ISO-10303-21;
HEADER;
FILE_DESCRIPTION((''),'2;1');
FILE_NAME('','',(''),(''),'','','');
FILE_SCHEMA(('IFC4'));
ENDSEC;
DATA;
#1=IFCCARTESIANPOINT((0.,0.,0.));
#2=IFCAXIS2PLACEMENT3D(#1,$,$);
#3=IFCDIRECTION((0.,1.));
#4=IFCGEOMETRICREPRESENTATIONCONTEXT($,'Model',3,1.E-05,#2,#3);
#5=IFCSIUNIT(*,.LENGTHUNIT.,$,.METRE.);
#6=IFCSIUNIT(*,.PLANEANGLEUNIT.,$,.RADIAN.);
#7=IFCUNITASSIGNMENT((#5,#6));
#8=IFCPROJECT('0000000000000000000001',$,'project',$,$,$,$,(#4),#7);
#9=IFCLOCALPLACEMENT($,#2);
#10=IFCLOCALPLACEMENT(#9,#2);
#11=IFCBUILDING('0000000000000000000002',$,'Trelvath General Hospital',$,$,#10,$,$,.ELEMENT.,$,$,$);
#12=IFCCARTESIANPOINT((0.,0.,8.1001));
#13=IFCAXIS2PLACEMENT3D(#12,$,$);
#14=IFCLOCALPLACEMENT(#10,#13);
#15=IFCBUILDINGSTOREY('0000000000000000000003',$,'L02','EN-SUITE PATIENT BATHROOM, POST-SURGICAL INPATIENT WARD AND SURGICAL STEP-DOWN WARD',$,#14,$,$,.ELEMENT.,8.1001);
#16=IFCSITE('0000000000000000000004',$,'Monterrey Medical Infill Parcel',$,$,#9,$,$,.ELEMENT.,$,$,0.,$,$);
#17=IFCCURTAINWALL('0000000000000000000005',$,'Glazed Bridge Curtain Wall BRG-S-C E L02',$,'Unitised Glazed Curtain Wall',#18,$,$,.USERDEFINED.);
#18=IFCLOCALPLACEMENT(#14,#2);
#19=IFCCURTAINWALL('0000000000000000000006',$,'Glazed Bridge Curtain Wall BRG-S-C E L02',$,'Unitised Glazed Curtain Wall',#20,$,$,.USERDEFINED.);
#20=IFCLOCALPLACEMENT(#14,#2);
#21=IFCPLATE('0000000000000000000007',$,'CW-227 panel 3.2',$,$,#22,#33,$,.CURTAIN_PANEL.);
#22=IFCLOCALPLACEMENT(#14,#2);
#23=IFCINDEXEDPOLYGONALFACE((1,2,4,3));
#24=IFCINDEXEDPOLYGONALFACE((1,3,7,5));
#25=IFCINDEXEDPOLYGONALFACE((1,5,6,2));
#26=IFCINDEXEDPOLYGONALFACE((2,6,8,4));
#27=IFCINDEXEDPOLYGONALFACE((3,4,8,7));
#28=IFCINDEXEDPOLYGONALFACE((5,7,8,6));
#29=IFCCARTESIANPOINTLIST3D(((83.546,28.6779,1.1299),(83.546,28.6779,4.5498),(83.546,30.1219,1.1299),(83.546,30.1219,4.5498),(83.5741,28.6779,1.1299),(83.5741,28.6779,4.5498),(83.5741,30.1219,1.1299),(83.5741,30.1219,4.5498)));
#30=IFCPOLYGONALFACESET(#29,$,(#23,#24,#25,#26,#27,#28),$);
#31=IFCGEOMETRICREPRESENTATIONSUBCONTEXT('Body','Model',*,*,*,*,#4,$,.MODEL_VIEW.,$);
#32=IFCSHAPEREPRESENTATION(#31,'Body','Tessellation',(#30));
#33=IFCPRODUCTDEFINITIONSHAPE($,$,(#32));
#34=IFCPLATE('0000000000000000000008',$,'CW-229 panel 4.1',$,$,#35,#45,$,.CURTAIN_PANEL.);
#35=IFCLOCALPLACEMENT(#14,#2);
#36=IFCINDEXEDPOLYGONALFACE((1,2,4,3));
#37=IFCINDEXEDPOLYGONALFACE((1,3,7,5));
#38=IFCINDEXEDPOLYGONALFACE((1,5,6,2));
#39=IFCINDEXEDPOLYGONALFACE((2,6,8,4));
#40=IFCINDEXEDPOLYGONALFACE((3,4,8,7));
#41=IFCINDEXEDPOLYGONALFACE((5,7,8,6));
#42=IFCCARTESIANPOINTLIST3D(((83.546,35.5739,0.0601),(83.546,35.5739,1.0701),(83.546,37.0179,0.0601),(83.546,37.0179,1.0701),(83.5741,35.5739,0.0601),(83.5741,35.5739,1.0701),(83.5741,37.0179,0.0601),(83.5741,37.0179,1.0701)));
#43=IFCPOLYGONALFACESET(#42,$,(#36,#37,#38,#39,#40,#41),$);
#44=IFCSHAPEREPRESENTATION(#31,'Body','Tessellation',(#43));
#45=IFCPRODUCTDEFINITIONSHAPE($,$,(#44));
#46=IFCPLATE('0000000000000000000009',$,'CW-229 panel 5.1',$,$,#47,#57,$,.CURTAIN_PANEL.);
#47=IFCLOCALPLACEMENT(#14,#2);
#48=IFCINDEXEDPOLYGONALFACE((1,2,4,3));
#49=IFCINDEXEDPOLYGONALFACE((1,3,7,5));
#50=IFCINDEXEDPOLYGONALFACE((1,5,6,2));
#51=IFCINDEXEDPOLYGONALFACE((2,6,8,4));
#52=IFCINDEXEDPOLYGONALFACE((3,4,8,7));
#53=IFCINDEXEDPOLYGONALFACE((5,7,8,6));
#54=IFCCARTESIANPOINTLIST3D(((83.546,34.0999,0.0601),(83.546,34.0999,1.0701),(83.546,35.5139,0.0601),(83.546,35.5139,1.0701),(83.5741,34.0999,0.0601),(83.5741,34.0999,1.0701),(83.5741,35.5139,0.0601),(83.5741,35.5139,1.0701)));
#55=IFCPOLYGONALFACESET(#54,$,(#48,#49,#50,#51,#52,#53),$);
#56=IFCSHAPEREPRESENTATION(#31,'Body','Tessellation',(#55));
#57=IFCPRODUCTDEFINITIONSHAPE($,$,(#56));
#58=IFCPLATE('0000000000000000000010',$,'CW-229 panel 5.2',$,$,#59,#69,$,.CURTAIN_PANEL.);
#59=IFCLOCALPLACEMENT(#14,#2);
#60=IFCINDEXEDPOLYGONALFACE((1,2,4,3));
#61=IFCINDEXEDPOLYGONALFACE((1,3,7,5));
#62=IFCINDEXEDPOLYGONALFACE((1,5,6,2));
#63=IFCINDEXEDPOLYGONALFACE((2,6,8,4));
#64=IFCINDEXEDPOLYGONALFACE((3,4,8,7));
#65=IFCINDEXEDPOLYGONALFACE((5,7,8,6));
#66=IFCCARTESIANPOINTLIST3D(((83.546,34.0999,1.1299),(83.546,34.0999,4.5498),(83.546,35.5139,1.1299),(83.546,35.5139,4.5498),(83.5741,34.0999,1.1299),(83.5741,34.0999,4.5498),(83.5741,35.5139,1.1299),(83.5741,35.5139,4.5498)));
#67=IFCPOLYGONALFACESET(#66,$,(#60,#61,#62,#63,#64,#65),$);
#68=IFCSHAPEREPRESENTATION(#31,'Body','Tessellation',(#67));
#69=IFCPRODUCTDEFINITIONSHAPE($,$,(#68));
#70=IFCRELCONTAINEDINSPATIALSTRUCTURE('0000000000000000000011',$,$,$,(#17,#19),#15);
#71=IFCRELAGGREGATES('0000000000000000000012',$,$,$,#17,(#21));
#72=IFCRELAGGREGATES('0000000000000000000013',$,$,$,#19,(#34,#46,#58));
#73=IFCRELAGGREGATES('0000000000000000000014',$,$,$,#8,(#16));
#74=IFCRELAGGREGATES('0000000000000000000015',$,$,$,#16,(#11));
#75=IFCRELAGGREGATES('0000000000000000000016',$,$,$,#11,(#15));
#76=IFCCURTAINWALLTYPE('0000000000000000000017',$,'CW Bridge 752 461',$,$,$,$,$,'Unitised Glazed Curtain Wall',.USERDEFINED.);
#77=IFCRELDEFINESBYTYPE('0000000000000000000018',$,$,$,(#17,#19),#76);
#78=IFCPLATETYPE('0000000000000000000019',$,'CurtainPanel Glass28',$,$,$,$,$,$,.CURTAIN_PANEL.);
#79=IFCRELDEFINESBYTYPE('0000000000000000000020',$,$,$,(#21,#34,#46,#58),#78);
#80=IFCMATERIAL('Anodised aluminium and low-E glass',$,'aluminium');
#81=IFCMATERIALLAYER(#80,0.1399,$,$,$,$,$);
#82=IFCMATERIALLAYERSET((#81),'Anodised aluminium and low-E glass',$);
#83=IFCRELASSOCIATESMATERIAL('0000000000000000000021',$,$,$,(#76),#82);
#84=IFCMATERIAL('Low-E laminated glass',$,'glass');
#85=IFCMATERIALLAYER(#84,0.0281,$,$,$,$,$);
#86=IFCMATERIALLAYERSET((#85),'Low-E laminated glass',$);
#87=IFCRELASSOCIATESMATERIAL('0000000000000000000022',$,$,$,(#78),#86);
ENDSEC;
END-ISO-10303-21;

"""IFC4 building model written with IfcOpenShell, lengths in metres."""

from ifc_helpers import new_model, si_unit, direction, frame, origin, origin_2d, place, context, subcontext, project, spatial, rectangle, extrude, material, layer, layer_set, type_object, element, aggregate, save


model = new_model("IFC4")

# Units and contexts
model_context = context("Model", 3, precision=1e-05, world=origin(), true_north=direction((0.0, 1.0)))
body_context = subcontext(model_context, "Body", "Model", "MODEL_VIEW")
ifc_project = project(units=[si_unit("LENGTHUNIT", "METRE"), si_unit("PLANEANGLEUNIT", "RADIAN")], contexts=[model_context])

# Site, building, storey
site_placement = place(None, origin())
site = spatial("IfcSite", under=ifc_project, at=site_placement, Name="Monterrey Medical Infill Parcel", CompositionType="ELEMENT", RefElevation=0.0)
building_placement = place(site_placement, origin())
building = spatial("IfcBuilding", under=site, at=building_placement, Name="Trelvath General Hospital", CompositionType="ELEMENT")
storey_placement = place(building_placement, frame((0.0, 0.0, 8.1001)))
storey = spatial("IfcBuildingStorey", under=building, at=storey_placement, Name="L02", Description="EN-SUITE PATIENT BATHROOM, POST-SURGICAL INPATIENT WARD AND SURGICAL STEP-DOWN WARD", CompositionType="ELEMENT", Elevation=8.1001)

# Curtain walls
ifc_material_1 = material(Name="Anodised aluminium and low-E glass", Category="aluminium")
ifc_layer_1 = layer(ifc_material_1, 0.1399)
ifc_layer_set_1 = layer_set([ifc_layer_1], Name="Anodised aluminium and low-E glass")
curtain_wall_type = type_object("IfcCurtainWallType", Name="CW Bridge 752 461", ElementType="Unitised Glazed Curtain Wall", PredefinedType="USERDEFINED", material=ifc_layer_set_1)
curtain_wall_1_placement = place(storey_placement, origin())
curtain_wall_1 = element("IfcCurtainWall", 1, at=curtain_wall_1_placement, inside=storey, type_object=curtain_wall_type, Name="Glazed Bridge Curtain Wall BRG-S-C E L02", ObjectType="Unitised Glazed Curtain Wall", PredefinedType="USERDEFINED")
curtain_wall_2_placement = place(storey_placement, origin())
curtain_wall_2 = element("IfcCurtainWall", 2, at=curtain_wall_2_placement, inside=storey, type_object=curtain_wall_type, Name="Glazed Bridge Curtain Wall BRG-S-C E L02", ObjectType="Unitised Glazed Curtain Wall", PredefinedType="USERDEFINED")

# Plates
ifc_material_2 = material(Name="Low-E laminated glass", Category="glass")
ifc_layer_2 = layer(ifc_material_2, 0.0281)
ifc_layer_set_2 = layer_set([ifc_layer_2], Name="Low-E laminated glass")
plate_type = type_object("IfcPlateType", Name="CurtainPanel Glass28", PredefinedType="CURTAIN_PANEL", material=ifc_layer_set_2)
plate_1_placement = place(storey_placement, frame((83.5601, 29.3999, 1.1299), z_axis=(0.0, 0.0, 1.0), x_axis=(0.0, -1.0, 0.0)))
plate_1 = element("IfcPlate", 3, at=plate_1_placement, type_object=plate_type, Name="CW-227 panel 3.2", PredefinedType="CURTAIN_PANEL", context=body_context, shape_type="SweptSolid", body=[
    extrude(rectangle(XDim=1.4441, YDim=0.0281, at=origin_2d()), origin(), (0.0, 0.0, 1.0), 3.4199),
])
aggregate(curtain_wall_1, [plate_1])
plate_2_placement = place(storey_placement, frame((83.5601, 36.2959, 0.0601), z_axis=(0.0, 0.0, 1.0), x_axis=(0.0, -1.0, 0.0)))
plate_2 = element("IfcPlate", 4, at=plate_2_placement, type_object=plate_type, Name="CW-229 panel 4.1", PredefinedType="CURTAIN_PANEL", context=body_context, shape_type="SweptSolid", body=[
    extrude(rectangle(XDim=1.4441, YDim=0.0281, at=origin_2d()), origin(), (0.0, 0.0, 1.0), 1.01),
])
plate_3_placement = place(storey_placement, frame((83.5601, 34.8069, 0.0601), z_axis=(0.0, 0.0, 1.0), x_axis=(0.0, -1.0, 0.0)))
plate_3 = element("IfcPlate", 5, at=plate_3_placement, type_object=plate_type, Name="CW-229 panel 5.1", PredefinedType="CURTAIN_PANEL", context=body_context, shape_type="SweptSolid", body=[
    extrude(rectangle(XDim=1.4141, YDim=0.0281, at=origin_2d()), origin(), (0.0, 0.0, 1.0), 1.01),
])
plate_4_placement = place(storey_placement, frame((83.5601, 34.8069, 1.1299), z_axis=(0.0, 0.0, 1.0), x_axis=(0.0, -1.0, 0.0)))
plate_4 = element("IfcPlate", 6, at=plate_4_placement, type_object=plate_type, Name="CW-229 panel 5.2", PredefinedType="CURTAIN_PANEL", context=body_context, shape_type="SweptSolid", body=[
    extrude(rectangle(XDim=1.4141, YDim=0.0281, at=origin_2d()), origin(), (0.0, 0.0, 1.0), 3.4199),
])
aggregate(curtain_wall_2, [plate_2, plate_3, plate_4])

save(model, "model.ifc")
